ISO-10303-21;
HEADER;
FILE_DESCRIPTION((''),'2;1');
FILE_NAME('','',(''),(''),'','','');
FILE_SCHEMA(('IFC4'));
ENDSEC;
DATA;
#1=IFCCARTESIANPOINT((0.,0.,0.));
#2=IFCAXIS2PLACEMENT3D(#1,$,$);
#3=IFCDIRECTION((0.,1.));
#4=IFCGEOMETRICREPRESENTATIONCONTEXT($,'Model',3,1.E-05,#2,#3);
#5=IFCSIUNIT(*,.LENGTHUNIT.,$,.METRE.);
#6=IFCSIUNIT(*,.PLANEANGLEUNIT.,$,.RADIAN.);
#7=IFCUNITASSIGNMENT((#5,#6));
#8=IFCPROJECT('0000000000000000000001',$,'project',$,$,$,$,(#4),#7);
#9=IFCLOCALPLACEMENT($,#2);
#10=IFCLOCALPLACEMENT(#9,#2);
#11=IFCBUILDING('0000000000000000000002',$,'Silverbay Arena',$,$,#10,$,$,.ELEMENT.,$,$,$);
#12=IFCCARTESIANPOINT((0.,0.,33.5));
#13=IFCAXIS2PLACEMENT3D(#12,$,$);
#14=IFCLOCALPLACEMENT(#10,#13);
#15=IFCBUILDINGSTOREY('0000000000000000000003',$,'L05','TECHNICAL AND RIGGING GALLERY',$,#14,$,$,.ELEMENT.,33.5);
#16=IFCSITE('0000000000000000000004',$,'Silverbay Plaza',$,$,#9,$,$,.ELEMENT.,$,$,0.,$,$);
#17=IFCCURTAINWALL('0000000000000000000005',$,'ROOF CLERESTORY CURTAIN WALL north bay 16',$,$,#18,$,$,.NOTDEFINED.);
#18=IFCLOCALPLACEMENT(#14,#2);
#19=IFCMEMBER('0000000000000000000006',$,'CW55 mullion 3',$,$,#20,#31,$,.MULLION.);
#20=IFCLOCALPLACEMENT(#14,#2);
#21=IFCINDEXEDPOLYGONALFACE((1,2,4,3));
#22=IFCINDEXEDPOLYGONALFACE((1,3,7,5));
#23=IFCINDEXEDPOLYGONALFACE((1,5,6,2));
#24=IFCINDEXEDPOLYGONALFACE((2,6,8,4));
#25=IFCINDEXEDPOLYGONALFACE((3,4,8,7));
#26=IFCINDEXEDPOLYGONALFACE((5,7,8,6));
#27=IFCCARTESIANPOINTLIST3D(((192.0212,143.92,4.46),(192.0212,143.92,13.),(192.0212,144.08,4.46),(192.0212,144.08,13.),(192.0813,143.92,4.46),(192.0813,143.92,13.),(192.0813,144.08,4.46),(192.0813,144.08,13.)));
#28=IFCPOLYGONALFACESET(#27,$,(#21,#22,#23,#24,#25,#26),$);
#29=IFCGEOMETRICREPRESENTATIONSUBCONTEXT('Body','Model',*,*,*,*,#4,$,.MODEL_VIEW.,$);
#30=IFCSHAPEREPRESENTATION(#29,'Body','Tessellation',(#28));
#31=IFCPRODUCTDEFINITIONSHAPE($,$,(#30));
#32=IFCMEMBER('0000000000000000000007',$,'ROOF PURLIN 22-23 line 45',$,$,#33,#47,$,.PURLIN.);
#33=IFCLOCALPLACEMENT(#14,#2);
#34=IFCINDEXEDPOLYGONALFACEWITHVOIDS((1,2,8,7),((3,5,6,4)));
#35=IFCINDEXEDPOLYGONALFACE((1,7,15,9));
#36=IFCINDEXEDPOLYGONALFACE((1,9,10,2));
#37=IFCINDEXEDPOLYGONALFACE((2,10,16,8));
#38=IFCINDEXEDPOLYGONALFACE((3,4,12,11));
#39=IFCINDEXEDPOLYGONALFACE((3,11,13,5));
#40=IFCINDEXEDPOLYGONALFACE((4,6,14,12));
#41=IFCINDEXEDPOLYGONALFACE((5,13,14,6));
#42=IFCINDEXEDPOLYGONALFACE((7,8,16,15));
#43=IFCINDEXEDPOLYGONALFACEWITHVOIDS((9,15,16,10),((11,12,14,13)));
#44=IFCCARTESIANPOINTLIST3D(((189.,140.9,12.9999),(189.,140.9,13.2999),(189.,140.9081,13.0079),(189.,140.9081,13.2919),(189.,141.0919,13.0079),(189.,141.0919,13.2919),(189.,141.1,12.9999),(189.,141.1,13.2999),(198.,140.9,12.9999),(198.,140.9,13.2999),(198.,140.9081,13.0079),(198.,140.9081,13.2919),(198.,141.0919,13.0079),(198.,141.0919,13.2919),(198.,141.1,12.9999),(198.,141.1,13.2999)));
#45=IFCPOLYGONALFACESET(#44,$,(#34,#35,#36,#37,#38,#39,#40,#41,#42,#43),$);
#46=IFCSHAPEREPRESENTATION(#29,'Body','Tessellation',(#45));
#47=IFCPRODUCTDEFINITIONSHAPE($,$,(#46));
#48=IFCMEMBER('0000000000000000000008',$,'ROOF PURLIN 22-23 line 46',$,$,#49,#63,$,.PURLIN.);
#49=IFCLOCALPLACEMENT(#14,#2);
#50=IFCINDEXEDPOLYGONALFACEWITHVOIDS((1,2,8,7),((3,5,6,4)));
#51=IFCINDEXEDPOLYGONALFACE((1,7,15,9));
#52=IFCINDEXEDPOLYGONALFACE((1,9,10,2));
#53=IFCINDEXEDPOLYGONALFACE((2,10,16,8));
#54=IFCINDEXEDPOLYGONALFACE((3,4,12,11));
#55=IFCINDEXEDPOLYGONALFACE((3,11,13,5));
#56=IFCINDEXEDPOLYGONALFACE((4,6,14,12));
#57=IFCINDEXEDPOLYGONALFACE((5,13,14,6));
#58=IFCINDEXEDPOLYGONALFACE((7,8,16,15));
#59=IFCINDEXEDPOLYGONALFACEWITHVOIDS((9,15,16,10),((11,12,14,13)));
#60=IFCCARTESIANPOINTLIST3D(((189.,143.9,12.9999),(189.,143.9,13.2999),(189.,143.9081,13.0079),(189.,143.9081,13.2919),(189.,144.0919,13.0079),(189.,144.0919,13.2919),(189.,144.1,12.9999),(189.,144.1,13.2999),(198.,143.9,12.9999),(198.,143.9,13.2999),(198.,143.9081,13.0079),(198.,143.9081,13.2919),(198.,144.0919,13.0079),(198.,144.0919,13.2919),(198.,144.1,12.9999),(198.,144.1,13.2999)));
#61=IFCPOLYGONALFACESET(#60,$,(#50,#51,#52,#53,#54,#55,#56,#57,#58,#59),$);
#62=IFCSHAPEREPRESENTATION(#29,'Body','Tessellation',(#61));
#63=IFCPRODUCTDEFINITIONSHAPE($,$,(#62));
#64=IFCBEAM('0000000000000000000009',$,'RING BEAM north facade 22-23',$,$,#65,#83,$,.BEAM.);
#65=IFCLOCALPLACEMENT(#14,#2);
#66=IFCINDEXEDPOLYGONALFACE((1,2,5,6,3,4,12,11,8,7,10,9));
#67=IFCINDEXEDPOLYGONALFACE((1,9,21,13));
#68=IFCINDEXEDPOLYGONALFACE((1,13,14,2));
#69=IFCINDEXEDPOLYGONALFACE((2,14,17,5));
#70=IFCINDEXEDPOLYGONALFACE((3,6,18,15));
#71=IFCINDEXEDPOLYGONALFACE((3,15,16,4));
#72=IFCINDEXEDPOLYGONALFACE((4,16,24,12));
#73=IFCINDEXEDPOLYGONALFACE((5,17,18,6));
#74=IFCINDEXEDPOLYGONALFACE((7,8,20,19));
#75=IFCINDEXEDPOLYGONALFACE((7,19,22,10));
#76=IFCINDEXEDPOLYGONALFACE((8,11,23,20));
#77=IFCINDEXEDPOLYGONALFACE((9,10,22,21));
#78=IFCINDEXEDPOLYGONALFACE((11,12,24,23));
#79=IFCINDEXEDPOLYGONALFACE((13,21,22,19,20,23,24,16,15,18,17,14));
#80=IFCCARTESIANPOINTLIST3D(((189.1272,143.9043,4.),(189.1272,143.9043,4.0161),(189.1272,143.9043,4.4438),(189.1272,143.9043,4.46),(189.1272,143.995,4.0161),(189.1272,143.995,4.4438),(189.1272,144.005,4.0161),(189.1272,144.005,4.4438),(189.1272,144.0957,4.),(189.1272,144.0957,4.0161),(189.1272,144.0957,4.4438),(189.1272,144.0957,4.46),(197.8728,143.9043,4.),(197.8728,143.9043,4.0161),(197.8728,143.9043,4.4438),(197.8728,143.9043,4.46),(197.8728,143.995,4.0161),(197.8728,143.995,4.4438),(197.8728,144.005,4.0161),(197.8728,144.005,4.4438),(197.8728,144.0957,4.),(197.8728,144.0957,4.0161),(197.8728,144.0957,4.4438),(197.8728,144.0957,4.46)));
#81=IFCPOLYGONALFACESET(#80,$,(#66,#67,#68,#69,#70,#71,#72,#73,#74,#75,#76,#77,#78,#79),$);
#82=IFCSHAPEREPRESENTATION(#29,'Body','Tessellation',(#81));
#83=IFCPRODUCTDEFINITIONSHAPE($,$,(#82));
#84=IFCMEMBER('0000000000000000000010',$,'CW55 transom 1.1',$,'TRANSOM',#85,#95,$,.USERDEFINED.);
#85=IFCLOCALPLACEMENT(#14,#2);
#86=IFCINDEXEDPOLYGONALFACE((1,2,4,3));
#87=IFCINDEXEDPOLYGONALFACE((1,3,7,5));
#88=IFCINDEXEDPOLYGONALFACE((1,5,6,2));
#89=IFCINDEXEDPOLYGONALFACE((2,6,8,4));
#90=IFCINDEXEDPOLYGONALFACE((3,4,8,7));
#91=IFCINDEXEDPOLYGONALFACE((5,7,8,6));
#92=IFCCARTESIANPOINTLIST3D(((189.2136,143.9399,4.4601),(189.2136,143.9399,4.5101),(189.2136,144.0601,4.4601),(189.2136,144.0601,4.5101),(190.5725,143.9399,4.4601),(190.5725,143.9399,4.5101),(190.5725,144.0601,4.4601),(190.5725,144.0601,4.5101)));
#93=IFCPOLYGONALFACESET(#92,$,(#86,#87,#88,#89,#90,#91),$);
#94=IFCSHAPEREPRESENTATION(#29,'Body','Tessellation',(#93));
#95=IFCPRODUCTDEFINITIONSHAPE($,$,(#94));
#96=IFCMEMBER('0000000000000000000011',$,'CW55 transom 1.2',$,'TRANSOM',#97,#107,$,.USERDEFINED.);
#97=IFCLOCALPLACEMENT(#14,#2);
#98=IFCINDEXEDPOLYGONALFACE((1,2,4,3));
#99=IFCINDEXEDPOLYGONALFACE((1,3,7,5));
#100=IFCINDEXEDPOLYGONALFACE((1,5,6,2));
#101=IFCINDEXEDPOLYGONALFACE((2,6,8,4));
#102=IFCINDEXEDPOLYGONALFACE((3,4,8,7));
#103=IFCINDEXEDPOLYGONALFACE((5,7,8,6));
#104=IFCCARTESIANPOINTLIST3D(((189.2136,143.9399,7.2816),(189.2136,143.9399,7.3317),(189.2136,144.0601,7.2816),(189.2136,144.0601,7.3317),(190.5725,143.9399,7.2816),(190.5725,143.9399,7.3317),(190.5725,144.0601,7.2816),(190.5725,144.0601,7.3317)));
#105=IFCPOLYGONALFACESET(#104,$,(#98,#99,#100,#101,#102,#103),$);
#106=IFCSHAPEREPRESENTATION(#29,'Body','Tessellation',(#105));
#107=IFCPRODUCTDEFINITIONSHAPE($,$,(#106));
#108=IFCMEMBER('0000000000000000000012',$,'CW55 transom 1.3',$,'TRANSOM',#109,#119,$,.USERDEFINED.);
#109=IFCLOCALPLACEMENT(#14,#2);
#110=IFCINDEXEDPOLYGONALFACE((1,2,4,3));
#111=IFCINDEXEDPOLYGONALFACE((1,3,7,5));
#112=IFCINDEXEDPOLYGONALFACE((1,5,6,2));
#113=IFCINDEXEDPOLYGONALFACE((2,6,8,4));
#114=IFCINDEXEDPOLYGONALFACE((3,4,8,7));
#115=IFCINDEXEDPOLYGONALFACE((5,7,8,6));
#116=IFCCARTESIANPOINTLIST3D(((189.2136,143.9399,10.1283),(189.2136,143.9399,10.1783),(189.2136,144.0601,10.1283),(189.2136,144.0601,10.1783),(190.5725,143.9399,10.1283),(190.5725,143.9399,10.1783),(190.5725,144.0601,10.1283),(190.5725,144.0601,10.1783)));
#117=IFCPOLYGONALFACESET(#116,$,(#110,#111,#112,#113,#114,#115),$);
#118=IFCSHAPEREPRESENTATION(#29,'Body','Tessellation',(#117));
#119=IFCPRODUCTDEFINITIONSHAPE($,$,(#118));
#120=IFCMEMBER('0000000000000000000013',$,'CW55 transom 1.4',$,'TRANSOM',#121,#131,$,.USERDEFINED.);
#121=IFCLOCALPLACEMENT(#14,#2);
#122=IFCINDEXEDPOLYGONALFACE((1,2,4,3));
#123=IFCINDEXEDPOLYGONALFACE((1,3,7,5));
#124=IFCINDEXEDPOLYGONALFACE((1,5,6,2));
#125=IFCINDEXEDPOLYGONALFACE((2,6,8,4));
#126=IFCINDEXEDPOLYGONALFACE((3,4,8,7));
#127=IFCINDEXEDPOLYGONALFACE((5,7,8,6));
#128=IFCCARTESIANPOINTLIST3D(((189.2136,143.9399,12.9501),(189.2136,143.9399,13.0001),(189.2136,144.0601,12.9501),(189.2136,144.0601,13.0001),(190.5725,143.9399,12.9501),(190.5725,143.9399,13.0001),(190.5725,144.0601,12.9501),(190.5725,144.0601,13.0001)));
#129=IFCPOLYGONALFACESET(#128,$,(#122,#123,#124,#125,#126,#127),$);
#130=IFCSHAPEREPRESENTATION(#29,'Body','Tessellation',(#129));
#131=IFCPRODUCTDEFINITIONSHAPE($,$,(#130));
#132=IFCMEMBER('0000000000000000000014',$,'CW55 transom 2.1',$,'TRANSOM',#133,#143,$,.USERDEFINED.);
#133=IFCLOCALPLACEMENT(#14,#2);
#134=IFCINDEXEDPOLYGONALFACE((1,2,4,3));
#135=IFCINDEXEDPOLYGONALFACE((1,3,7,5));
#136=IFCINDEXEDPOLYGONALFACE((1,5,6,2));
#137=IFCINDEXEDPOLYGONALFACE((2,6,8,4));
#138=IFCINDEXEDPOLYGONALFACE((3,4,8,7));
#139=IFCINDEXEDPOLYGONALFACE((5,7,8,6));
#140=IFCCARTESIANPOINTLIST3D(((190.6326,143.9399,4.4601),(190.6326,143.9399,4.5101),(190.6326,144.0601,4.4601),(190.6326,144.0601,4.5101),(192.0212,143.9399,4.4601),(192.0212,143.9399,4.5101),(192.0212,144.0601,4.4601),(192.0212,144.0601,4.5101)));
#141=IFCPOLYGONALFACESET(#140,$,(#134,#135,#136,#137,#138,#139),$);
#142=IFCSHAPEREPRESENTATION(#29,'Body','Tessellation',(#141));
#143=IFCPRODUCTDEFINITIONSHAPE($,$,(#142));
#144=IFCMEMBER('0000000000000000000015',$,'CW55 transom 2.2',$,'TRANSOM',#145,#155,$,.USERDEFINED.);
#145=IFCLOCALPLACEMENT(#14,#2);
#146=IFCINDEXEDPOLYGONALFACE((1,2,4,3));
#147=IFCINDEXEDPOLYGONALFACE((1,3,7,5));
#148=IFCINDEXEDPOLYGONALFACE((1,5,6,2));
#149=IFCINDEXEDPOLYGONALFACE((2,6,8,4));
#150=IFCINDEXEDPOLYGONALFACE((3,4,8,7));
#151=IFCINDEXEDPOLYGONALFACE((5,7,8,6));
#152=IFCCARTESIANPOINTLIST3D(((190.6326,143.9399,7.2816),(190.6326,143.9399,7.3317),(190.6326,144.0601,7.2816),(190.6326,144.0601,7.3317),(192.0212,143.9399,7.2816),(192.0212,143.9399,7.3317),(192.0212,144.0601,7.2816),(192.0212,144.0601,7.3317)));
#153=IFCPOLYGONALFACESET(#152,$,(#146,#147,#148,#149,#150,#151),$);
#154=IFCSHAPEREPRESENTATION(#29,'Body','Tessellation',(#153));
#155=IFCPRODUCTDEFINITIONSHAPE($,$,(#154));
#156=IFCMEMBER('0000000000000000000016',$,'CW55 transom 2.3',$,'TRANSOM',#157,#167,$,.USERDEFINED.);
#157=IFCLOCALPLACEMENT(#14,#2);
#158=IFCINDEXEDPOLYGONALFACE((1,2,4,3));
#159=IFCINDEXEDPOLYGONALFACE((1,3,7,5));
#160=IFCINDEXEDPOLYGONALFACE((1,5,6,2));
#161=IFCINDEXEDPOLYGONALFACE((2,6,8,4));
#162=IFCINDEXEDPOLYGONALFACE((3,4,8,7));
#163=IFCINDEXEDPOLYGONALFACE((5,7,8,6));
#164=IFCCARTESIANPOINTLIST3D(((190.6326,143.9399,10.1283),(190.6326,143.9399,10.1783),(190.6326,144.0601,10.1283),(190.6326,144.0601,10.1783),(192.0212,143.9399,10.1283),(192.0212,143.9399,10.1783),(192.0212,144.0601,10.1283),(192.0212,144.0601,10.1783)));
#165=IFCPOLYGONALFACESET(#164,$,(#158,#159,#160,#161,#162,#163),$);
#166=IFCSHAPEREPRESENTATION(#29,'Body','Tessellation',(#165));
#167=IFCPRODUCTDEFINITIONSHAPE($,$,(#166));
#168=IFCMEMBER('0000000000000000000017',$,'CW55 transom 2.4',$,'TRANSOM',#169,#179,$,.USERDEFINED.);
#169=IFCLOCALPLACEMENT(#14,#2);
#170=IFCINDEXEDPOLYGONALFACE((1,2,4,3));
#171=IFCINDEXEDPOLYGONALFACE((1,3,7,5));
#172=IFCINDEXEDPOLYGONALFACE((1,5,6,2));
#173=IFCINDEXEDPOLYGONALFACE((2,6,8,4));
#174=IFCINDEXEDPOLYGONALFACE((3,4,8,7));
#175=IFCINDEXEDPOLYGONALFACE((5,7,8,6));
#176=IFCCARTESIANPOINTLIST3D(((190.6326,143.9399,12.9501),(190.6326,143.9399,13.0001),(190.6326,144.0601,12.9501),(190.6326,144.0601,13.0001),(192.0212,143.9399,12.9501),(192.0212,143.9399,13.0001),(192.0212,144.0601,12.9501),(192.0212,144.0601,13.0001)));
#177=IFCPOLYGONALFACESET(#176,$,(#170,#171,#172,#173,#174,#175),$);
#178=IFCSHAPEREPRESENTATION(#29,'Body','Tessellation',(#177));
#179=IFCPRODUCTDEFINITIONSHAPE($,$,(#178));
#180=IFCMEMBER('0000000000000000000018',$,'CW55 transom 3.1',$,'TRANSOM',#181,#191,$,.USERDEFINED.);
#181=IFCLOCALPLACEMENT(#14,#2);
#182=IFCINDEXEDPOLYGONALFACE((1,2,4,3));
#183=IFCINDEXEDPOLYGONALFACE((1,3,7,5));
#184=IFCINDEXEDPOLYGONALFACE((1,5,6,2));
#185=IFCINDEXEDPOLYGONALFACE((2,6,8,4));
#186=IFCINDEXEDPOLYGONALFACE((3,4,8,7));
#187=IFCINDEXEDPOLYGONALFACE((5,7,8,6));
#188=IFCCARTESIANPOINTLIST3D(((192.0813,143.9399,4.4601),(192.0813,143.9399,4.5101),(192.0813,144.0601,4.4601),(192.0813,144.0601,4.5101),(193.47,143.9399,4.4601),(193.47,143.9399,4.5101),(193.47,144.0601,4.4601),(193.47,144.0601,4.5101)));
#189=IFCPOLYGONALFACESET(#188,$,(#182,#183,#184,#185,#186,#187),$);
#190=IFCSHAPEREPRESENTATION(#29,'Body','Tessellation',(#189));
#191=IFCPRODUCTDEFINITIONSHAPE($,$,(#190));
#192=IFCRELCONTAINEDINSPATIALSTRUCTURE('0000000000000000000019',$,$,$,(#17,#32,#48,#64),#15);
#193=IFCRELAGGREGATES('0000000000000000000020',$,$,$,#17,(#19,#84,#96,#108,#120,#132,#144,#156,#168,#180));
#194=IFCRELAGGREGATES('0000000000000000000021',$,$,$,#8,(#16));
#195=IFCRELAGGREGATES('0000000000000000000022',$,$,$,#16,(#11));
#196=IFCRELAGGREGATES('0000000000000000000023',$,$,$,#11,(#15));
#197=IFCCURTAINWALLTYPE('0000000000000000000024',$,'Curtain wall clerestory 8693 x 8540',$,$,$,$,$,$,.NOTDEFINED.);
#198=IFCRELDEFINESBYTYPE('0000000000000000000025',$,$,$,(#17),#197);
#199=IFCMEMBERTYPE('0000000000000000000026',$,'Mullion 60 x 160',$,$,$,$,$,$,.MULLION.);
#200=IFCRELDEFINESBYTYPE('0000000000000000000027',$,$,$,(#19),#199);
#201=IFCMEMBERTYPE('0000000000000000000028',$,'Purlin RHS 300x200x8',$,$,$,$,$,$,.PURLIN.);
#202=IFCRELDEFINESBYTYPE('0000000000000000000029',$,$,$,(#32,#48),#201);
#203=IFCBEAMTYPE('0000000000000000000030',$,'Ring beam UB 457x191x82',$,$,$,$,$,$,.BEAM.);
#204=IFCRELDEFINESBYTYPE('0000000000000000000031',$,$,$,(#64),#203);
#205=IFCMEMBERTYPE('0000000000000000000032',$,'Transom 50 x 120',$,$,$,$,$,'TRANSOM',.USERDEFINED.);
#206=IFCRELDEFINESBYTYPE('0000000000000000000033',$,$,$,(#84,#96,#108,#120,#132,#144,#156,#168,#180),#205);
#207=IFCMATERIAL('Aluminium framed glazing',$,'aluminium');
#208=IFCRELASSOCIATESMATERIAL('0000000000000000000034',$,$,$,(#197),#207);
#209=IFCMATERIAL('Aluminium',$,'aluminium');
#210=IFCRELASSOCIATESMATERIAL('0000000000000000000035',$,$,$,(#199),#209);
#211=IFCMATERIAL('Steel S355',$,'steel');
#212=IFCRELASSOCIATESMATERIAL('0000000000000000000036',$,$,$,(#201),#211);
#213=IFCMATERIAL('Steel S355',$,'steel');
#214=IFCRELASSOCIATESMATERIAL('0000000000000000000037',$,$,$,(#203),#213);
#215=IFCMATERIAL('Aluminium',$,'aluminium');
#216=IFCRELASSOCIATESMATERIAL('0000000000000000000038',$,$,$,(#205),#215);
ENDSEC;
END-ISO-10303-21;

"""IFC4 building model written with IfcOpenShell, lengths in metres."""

from ifc_helpers import new_model, si_unit, direction, frame, origin, origin_2d, place, context, subcontext, project, spatial, rectangle, hollow_rectangle, i_section, extrude, material, material_profile, profile_set, type_object, element, aggregate, save


model = new_model("IFC4")

# Units and contexts
model_context = context("Model", 3, precision=1e-05, world=origin(), true_north=direction((0.0, 1.0)))
body_context = subcontext(model_context, "Body", "Model", "MODEL_VIEW")
ifc_project = project(units=[si_unit("LENGTHUNIT", "METRE"), si_unit("PLANEANGLEUNIT", "RADIAN")], contexts=[model_context])

# Site, building, storey
site_placement = place(None, origin())
site = spatial("IfcSite", under=ifc_project, at=site_placement, Name="Silverbay Plaza", CompositionType="ELEMENT", RefElevation=0.0)
building_placement = place(site_placement, origin())
building = spatial("IfcBuilding", under=site, at=building_placement, Name="Silverbay Arena", CompositionType="ELEMENT")
storey_placement = place(building_placement, frame((0.0, 0.0, 33.5)))
storey = spatial("IfcBuildingStorey", under=building, at=storey_placement, Name="L05", Description="TECHNICAL AND RIGGING GALLERY", CompositionType="ELEMENT", Elevation=33.5)

# Curtain wall, member
ifc_material_1 = material(Name="Aluminium framed glazing", Category="aluminium")
curtain_wall_type = type_object("IfcCurtainWallType", Name="Curtain wall clerestory 8693 x 8540", PredefinedType="NOTDEFINED", material=ifc_material_1)
curtain_wall_placement = place(storey_placement, origin())
curtain_wall = element("IfcCurtainWall", 1, at=curtain_wall_placement, inside=storey, type_object=curtain_wall_type, Name="ROOF CLERESTORY CURTAIN WALL north bay 16", PredefinedType="NOTDEFINED")
ifc_material_2 = material(Name="Aluminium", Category="aluminium")
ifc_material_profile_1 = material_profile(ifc_material_2, rectangle(XDim=0.1599, YDim=0.0601, at=origin_2d()), Name="Mullion 60 x 160")
ifc_profile_set_1 = profile_set([ifc_material_profile_1], Name="Aluminium")
member_type_1 = type_object("IfcMemberType", Name="Mullion 60 x 160", PredefinedType="MULLION", material=ifc_profile_set_1)
member_1_placement = place(storey_placement, frame((192.0513, 144.0, 4.46), z_axis=(0.0, 0.0, 1.0), x_axis=(0.0, 1.0, 0.0)))
member_1 = element("IfcMember", 2, at=member_1_placement, type_object=member_type_1, Name="CW55 mullion 3", PredefinedType="MULLION", context=body_context, shape_type="SweptSolid", body=[
    extrude(rectangle(XDim=0.1599, YDim=0.0601, at=origin_2d()), origin(), (0.0, 0.0, 1.0), 8.54),
])

# Members
ifc_material_3 = material(Name="Steel S355", Category="steel")
ifc_material_profile_2 = material_profile(ifc_material_3, hollow_rectangle(XDim=0.2, YDim=0.3, WallThickness=0.0081, at=origin_2d()), Name="RHS 300x200x8")
ifc_profile_set_2 = profile_set([ifc_material_profile_2], Name="Steel S355")
member_type_2 = type_object("IfcMemberType", Name="Purlin RHS 300x200x8", PredefinedType="PURLIN", material=ifc_profile_set_2)
for number, where, z_axis, x_axis, name in (
    (3, (189.0, 141.0, 13.1499), (1.0, 0.0, 0.0), (0.0, 1.0, 0.0), "ROOF PURLIN 22-23 line 45"),
    (4, (189.0, 144.0, 13.1499), (1.0, 0.0, 0.0), (0.0, 1.0, 0.0), "ROOF PURLIN 22-23 line 46"),
):
    element("IfcMember", number, at=place(storey_placement, frame(where, z_axis=z_axis, x_axis=x_axis)), inside=storey, type_object=member_type_2, Name=name, PredefinedType="PURLIN", context=body_context, shape_type="SweptSolid", body=[
        extrude(hollow_rectangle(XDim=0.2, YDim=0.3, WallThickness=0.0081, at=origin_2d()), origin(), (0.0, 0.0, 1.0), 9.0),
    ])

# Beam
ifc_material_4 = material(Name="Steel S355", Category="steel")
ifc_material_profile_3 = material_profile(ifc_material_4, i_section(OverallWidth=0.1914, OverallDepth=0.46, WebThickness=0.01, FlangeThickness=0.0161, at=origin_2d()), Name="UB 457x191x82")
ifc_profile_set_3 = profile_set([ifc_material_profile_3], Name="Steel S355")
beam_type = type_object("IfcBeamType", Name="Ring beam UB 457x191x82", PredefinedType="BEAM", material=ifc_profile_set_3)
beam_placement = place(storey_placement, frame((189.1272, 144.0, 4.23), z_axis=(1.0, 0.0, 0.0), x_axis=(0.0, 1.0, 0.0)))
element("IfcBeam", 5, at=beam_placement, inside=storey, type_object=beam_type, Name="RING BEAM north facade 22-23", PredefinedType="BEAM", context=body_context, shape_type="SweptSolid", body=[
    extrude(i_section(OverallWidth=0.1914, OverallDepth=0.46, WebThickness=0.01, FlangeThickness=0.0161, at=origin_2d()), origin(), (0.0, 0.0, 1.0), 8.7456),
])

# Members
ifc_material_5 = material(Name="Aluminium", Category="aluminium")
ifc_material_profile_4 = material_profile(ifc_material_5, rectangle(XDim=0.1201, YDim=0.05, at=origin_2d()), Name="Transom 50 x 120")
ifc_profile_set_4 = profile_set([ifc_material_profile_4], Name="Aluminium")
member_type_3 = type_object("IfcMemberType", Name="Transom 50 x 120", ElementType="TRANSOM", PredefinedType="USERDEFINED", material=ifc_profile_set_4)
member_2_placement = place(storey_placement, frame((189.2136, 144.0, 4.4851), z_axis=(1.0, 0.0, 0.0), x_axis=(0.0, 1.0, 0.0)))
member_2 = element("IfcMember", 6, at=member_2_placement, type_object=member_type_3, Name="CW55 transom 1.1", ObjectType="TRANSOM", PredefinedType="USERDEFINED", context=body_context, shape_type="SweptSolid", body=[
    extrude(rectangle(XDim=0.1201, YDim=0.05, at=origin_2d()), origin(), (0.0, 0.0, 1.0), 1.3589),
])
member_3_placement = place(storey_placement, frame((189.2136, 144.0, 7.3066), z_axis=(1.0, 0.0, 0.0), x_axis=(0.0, 1.0, 0.0)))
member_3 = element("IfcMember", 7, at=member_3_placement, type_object=member_type_3, Name="CW55 transom 1.2", ObjectType="TRANSOM", PredefinedType="USERDEFINED", context=body_context, shape_type="SweptSolid", body=[
    extrude(rectangle(XDim=0.1201, YDim=0.05, at=origin_2d()), origin(), (0.0, 0.0, 1.0), 1.3589),
])
member_4_placement = place(storey_placement, frame((189.2136, 144.0, 10.1533), z_axis=(1.0, 0.0, 0.0), x_axis=(0.0, 1.0, 0.0)))
member_4 = element("IfcMember", 8, at=member_4_placement, type_object=member_type_3, Name="CW55 transom 1.3", ObjectType="TRANSOM", PredefinedType="USERDEFINED", context=body_context, shape_type="SweptSolid", body=[
    extrude(rectangle(XDim=0.1201, YDim=0.05, at=origin_2d()), origin(), (0.0, 0.0, 1.0), 1.3589),
])
member_5_placement = place(storey_placement, frame((189.2136, 144.0, 12.9751), z_axis=(1.0, 0.0, 0.0), x_axis=(0.0, 1.0, 0.0)))
member_5 = element("IfcMember", 9, at=member_5_placement, type_object=member_type_3, Name="CW55 transom 1.4", ObjectType="TRANSOM", PredefinedType="USERDEFINED", context=body_context, shape_type="SweptSolid", body=[
    extrude(rectangle(XDim=0.1201, YDim=0.05, at=origin_2d()), origin(), (0.0, 0.0, 1.0), 1.3589),
])
member_6_placement = place(storey_placement, frame((190.6326, 144.0, 4.4851), z_axis=(1.0, 0.0, 0.0), x_axis=(0.0, 1.0, 0.0)))
member_6 = element("IfcMember", 10, at=member_6_placement, type_object=member_type_3, Name="CW55 transom 2.1", ObjectType="TRANSOM", PredefinedType="USERDEFINED", context=body_context, shape_type="SweptSolid", body=[
    extrude(rectangle(XDim=0.1201, YDim=0.05, at=origin_2d()), origin(), (0.0, 0.0, 1.0), 1.3887),
])
member_7_placement = place(storey_placement, frame((190.6326, 144.0, 7.3066), z_axis=(1.0, 0.0, 0.0), x_axis=(0.0, 1.0, 0.0)))
member_7 = element("IfcMember", 11, at=member_7_placement, type_object=member_type_3, Name="CW55 transom 2.2", ObjectType="TRANSOM", PredefinedType="USERDEFINED", context=body_context, shape_type="SweptSolid", body=[
    extrude(rectangle(XDim=0.1201, YDim=0.05, at=origin_2d()), origin(), (0.0, 0.0, 1.0), 1.3887),
])
member_8_placement = place(storey_placement, frame((190.6326, 144.0, 10.1533), z_axis=(1.0, 0.0, 0.0), x_axis=(0.0, 1.0, 0.0)))
member_8 = element("IfcMember", 12, at=member_8_placement, type_object=member_type_3, Name="CW55 transom 2.3", ObjectType="TRANSOM", PredefinedType="USERDEFINED", context=body_context, shape_type="SweptSolid", body=[
    extrude(rectangle(XDim=0.1201, YDim=0.05, at=origin_2d()), origin(), (0.0, 0.0, 1.0), 1.3887),
])
member_9_placement = place(storey_placement, frame((190.6326, 144.0, 12.9751), z_axis=(1.0, 0.0, 0.0), x_axis=(0.0, 1.0, 0.0)))
member_9 = element("IfcMember", 13, at=member_9_placement, type_object=member_type_3, Name="CW55 transom 2.4", ObjectType="TRANSOM", PredefinedType="USERDEFINED", context=body_context, shape_type="SweptSolid", body=[
    extrude(rectangle(XDim=0.1201, YDim=0.05, at=origin_2d()), origin(), (0.0, 0.0, 1.0), 1.3887),
])
member_10_placement = place(storey_placement, frame((192.0813, 144.0, 4.4851), z_axis=(1.0, 0.0, 0.0), x_axis=(0.0, 1.0, 0.0)))
member_10 = element("IfcMember", 14, at=member_10_placement, type_object=member_type_3, Name="CW55 transom 3.1", ObjectType="TRANSOM", PredefinedType="USERDEFINED", context=body_context, shape_type="SweptSolid", body=[
    extrude(rectangle(XDim=0.1201, YDim=0.05, at=origin_2d()), origin(), (0.0, 0.0, 1.0), 1.3887),
])

aggregate(curtain_wall, [member_1, member_2, member_3, member_4, member_5, member_6, member_7, member_8, member_9, member_10])

save(model, "model.ifc")
